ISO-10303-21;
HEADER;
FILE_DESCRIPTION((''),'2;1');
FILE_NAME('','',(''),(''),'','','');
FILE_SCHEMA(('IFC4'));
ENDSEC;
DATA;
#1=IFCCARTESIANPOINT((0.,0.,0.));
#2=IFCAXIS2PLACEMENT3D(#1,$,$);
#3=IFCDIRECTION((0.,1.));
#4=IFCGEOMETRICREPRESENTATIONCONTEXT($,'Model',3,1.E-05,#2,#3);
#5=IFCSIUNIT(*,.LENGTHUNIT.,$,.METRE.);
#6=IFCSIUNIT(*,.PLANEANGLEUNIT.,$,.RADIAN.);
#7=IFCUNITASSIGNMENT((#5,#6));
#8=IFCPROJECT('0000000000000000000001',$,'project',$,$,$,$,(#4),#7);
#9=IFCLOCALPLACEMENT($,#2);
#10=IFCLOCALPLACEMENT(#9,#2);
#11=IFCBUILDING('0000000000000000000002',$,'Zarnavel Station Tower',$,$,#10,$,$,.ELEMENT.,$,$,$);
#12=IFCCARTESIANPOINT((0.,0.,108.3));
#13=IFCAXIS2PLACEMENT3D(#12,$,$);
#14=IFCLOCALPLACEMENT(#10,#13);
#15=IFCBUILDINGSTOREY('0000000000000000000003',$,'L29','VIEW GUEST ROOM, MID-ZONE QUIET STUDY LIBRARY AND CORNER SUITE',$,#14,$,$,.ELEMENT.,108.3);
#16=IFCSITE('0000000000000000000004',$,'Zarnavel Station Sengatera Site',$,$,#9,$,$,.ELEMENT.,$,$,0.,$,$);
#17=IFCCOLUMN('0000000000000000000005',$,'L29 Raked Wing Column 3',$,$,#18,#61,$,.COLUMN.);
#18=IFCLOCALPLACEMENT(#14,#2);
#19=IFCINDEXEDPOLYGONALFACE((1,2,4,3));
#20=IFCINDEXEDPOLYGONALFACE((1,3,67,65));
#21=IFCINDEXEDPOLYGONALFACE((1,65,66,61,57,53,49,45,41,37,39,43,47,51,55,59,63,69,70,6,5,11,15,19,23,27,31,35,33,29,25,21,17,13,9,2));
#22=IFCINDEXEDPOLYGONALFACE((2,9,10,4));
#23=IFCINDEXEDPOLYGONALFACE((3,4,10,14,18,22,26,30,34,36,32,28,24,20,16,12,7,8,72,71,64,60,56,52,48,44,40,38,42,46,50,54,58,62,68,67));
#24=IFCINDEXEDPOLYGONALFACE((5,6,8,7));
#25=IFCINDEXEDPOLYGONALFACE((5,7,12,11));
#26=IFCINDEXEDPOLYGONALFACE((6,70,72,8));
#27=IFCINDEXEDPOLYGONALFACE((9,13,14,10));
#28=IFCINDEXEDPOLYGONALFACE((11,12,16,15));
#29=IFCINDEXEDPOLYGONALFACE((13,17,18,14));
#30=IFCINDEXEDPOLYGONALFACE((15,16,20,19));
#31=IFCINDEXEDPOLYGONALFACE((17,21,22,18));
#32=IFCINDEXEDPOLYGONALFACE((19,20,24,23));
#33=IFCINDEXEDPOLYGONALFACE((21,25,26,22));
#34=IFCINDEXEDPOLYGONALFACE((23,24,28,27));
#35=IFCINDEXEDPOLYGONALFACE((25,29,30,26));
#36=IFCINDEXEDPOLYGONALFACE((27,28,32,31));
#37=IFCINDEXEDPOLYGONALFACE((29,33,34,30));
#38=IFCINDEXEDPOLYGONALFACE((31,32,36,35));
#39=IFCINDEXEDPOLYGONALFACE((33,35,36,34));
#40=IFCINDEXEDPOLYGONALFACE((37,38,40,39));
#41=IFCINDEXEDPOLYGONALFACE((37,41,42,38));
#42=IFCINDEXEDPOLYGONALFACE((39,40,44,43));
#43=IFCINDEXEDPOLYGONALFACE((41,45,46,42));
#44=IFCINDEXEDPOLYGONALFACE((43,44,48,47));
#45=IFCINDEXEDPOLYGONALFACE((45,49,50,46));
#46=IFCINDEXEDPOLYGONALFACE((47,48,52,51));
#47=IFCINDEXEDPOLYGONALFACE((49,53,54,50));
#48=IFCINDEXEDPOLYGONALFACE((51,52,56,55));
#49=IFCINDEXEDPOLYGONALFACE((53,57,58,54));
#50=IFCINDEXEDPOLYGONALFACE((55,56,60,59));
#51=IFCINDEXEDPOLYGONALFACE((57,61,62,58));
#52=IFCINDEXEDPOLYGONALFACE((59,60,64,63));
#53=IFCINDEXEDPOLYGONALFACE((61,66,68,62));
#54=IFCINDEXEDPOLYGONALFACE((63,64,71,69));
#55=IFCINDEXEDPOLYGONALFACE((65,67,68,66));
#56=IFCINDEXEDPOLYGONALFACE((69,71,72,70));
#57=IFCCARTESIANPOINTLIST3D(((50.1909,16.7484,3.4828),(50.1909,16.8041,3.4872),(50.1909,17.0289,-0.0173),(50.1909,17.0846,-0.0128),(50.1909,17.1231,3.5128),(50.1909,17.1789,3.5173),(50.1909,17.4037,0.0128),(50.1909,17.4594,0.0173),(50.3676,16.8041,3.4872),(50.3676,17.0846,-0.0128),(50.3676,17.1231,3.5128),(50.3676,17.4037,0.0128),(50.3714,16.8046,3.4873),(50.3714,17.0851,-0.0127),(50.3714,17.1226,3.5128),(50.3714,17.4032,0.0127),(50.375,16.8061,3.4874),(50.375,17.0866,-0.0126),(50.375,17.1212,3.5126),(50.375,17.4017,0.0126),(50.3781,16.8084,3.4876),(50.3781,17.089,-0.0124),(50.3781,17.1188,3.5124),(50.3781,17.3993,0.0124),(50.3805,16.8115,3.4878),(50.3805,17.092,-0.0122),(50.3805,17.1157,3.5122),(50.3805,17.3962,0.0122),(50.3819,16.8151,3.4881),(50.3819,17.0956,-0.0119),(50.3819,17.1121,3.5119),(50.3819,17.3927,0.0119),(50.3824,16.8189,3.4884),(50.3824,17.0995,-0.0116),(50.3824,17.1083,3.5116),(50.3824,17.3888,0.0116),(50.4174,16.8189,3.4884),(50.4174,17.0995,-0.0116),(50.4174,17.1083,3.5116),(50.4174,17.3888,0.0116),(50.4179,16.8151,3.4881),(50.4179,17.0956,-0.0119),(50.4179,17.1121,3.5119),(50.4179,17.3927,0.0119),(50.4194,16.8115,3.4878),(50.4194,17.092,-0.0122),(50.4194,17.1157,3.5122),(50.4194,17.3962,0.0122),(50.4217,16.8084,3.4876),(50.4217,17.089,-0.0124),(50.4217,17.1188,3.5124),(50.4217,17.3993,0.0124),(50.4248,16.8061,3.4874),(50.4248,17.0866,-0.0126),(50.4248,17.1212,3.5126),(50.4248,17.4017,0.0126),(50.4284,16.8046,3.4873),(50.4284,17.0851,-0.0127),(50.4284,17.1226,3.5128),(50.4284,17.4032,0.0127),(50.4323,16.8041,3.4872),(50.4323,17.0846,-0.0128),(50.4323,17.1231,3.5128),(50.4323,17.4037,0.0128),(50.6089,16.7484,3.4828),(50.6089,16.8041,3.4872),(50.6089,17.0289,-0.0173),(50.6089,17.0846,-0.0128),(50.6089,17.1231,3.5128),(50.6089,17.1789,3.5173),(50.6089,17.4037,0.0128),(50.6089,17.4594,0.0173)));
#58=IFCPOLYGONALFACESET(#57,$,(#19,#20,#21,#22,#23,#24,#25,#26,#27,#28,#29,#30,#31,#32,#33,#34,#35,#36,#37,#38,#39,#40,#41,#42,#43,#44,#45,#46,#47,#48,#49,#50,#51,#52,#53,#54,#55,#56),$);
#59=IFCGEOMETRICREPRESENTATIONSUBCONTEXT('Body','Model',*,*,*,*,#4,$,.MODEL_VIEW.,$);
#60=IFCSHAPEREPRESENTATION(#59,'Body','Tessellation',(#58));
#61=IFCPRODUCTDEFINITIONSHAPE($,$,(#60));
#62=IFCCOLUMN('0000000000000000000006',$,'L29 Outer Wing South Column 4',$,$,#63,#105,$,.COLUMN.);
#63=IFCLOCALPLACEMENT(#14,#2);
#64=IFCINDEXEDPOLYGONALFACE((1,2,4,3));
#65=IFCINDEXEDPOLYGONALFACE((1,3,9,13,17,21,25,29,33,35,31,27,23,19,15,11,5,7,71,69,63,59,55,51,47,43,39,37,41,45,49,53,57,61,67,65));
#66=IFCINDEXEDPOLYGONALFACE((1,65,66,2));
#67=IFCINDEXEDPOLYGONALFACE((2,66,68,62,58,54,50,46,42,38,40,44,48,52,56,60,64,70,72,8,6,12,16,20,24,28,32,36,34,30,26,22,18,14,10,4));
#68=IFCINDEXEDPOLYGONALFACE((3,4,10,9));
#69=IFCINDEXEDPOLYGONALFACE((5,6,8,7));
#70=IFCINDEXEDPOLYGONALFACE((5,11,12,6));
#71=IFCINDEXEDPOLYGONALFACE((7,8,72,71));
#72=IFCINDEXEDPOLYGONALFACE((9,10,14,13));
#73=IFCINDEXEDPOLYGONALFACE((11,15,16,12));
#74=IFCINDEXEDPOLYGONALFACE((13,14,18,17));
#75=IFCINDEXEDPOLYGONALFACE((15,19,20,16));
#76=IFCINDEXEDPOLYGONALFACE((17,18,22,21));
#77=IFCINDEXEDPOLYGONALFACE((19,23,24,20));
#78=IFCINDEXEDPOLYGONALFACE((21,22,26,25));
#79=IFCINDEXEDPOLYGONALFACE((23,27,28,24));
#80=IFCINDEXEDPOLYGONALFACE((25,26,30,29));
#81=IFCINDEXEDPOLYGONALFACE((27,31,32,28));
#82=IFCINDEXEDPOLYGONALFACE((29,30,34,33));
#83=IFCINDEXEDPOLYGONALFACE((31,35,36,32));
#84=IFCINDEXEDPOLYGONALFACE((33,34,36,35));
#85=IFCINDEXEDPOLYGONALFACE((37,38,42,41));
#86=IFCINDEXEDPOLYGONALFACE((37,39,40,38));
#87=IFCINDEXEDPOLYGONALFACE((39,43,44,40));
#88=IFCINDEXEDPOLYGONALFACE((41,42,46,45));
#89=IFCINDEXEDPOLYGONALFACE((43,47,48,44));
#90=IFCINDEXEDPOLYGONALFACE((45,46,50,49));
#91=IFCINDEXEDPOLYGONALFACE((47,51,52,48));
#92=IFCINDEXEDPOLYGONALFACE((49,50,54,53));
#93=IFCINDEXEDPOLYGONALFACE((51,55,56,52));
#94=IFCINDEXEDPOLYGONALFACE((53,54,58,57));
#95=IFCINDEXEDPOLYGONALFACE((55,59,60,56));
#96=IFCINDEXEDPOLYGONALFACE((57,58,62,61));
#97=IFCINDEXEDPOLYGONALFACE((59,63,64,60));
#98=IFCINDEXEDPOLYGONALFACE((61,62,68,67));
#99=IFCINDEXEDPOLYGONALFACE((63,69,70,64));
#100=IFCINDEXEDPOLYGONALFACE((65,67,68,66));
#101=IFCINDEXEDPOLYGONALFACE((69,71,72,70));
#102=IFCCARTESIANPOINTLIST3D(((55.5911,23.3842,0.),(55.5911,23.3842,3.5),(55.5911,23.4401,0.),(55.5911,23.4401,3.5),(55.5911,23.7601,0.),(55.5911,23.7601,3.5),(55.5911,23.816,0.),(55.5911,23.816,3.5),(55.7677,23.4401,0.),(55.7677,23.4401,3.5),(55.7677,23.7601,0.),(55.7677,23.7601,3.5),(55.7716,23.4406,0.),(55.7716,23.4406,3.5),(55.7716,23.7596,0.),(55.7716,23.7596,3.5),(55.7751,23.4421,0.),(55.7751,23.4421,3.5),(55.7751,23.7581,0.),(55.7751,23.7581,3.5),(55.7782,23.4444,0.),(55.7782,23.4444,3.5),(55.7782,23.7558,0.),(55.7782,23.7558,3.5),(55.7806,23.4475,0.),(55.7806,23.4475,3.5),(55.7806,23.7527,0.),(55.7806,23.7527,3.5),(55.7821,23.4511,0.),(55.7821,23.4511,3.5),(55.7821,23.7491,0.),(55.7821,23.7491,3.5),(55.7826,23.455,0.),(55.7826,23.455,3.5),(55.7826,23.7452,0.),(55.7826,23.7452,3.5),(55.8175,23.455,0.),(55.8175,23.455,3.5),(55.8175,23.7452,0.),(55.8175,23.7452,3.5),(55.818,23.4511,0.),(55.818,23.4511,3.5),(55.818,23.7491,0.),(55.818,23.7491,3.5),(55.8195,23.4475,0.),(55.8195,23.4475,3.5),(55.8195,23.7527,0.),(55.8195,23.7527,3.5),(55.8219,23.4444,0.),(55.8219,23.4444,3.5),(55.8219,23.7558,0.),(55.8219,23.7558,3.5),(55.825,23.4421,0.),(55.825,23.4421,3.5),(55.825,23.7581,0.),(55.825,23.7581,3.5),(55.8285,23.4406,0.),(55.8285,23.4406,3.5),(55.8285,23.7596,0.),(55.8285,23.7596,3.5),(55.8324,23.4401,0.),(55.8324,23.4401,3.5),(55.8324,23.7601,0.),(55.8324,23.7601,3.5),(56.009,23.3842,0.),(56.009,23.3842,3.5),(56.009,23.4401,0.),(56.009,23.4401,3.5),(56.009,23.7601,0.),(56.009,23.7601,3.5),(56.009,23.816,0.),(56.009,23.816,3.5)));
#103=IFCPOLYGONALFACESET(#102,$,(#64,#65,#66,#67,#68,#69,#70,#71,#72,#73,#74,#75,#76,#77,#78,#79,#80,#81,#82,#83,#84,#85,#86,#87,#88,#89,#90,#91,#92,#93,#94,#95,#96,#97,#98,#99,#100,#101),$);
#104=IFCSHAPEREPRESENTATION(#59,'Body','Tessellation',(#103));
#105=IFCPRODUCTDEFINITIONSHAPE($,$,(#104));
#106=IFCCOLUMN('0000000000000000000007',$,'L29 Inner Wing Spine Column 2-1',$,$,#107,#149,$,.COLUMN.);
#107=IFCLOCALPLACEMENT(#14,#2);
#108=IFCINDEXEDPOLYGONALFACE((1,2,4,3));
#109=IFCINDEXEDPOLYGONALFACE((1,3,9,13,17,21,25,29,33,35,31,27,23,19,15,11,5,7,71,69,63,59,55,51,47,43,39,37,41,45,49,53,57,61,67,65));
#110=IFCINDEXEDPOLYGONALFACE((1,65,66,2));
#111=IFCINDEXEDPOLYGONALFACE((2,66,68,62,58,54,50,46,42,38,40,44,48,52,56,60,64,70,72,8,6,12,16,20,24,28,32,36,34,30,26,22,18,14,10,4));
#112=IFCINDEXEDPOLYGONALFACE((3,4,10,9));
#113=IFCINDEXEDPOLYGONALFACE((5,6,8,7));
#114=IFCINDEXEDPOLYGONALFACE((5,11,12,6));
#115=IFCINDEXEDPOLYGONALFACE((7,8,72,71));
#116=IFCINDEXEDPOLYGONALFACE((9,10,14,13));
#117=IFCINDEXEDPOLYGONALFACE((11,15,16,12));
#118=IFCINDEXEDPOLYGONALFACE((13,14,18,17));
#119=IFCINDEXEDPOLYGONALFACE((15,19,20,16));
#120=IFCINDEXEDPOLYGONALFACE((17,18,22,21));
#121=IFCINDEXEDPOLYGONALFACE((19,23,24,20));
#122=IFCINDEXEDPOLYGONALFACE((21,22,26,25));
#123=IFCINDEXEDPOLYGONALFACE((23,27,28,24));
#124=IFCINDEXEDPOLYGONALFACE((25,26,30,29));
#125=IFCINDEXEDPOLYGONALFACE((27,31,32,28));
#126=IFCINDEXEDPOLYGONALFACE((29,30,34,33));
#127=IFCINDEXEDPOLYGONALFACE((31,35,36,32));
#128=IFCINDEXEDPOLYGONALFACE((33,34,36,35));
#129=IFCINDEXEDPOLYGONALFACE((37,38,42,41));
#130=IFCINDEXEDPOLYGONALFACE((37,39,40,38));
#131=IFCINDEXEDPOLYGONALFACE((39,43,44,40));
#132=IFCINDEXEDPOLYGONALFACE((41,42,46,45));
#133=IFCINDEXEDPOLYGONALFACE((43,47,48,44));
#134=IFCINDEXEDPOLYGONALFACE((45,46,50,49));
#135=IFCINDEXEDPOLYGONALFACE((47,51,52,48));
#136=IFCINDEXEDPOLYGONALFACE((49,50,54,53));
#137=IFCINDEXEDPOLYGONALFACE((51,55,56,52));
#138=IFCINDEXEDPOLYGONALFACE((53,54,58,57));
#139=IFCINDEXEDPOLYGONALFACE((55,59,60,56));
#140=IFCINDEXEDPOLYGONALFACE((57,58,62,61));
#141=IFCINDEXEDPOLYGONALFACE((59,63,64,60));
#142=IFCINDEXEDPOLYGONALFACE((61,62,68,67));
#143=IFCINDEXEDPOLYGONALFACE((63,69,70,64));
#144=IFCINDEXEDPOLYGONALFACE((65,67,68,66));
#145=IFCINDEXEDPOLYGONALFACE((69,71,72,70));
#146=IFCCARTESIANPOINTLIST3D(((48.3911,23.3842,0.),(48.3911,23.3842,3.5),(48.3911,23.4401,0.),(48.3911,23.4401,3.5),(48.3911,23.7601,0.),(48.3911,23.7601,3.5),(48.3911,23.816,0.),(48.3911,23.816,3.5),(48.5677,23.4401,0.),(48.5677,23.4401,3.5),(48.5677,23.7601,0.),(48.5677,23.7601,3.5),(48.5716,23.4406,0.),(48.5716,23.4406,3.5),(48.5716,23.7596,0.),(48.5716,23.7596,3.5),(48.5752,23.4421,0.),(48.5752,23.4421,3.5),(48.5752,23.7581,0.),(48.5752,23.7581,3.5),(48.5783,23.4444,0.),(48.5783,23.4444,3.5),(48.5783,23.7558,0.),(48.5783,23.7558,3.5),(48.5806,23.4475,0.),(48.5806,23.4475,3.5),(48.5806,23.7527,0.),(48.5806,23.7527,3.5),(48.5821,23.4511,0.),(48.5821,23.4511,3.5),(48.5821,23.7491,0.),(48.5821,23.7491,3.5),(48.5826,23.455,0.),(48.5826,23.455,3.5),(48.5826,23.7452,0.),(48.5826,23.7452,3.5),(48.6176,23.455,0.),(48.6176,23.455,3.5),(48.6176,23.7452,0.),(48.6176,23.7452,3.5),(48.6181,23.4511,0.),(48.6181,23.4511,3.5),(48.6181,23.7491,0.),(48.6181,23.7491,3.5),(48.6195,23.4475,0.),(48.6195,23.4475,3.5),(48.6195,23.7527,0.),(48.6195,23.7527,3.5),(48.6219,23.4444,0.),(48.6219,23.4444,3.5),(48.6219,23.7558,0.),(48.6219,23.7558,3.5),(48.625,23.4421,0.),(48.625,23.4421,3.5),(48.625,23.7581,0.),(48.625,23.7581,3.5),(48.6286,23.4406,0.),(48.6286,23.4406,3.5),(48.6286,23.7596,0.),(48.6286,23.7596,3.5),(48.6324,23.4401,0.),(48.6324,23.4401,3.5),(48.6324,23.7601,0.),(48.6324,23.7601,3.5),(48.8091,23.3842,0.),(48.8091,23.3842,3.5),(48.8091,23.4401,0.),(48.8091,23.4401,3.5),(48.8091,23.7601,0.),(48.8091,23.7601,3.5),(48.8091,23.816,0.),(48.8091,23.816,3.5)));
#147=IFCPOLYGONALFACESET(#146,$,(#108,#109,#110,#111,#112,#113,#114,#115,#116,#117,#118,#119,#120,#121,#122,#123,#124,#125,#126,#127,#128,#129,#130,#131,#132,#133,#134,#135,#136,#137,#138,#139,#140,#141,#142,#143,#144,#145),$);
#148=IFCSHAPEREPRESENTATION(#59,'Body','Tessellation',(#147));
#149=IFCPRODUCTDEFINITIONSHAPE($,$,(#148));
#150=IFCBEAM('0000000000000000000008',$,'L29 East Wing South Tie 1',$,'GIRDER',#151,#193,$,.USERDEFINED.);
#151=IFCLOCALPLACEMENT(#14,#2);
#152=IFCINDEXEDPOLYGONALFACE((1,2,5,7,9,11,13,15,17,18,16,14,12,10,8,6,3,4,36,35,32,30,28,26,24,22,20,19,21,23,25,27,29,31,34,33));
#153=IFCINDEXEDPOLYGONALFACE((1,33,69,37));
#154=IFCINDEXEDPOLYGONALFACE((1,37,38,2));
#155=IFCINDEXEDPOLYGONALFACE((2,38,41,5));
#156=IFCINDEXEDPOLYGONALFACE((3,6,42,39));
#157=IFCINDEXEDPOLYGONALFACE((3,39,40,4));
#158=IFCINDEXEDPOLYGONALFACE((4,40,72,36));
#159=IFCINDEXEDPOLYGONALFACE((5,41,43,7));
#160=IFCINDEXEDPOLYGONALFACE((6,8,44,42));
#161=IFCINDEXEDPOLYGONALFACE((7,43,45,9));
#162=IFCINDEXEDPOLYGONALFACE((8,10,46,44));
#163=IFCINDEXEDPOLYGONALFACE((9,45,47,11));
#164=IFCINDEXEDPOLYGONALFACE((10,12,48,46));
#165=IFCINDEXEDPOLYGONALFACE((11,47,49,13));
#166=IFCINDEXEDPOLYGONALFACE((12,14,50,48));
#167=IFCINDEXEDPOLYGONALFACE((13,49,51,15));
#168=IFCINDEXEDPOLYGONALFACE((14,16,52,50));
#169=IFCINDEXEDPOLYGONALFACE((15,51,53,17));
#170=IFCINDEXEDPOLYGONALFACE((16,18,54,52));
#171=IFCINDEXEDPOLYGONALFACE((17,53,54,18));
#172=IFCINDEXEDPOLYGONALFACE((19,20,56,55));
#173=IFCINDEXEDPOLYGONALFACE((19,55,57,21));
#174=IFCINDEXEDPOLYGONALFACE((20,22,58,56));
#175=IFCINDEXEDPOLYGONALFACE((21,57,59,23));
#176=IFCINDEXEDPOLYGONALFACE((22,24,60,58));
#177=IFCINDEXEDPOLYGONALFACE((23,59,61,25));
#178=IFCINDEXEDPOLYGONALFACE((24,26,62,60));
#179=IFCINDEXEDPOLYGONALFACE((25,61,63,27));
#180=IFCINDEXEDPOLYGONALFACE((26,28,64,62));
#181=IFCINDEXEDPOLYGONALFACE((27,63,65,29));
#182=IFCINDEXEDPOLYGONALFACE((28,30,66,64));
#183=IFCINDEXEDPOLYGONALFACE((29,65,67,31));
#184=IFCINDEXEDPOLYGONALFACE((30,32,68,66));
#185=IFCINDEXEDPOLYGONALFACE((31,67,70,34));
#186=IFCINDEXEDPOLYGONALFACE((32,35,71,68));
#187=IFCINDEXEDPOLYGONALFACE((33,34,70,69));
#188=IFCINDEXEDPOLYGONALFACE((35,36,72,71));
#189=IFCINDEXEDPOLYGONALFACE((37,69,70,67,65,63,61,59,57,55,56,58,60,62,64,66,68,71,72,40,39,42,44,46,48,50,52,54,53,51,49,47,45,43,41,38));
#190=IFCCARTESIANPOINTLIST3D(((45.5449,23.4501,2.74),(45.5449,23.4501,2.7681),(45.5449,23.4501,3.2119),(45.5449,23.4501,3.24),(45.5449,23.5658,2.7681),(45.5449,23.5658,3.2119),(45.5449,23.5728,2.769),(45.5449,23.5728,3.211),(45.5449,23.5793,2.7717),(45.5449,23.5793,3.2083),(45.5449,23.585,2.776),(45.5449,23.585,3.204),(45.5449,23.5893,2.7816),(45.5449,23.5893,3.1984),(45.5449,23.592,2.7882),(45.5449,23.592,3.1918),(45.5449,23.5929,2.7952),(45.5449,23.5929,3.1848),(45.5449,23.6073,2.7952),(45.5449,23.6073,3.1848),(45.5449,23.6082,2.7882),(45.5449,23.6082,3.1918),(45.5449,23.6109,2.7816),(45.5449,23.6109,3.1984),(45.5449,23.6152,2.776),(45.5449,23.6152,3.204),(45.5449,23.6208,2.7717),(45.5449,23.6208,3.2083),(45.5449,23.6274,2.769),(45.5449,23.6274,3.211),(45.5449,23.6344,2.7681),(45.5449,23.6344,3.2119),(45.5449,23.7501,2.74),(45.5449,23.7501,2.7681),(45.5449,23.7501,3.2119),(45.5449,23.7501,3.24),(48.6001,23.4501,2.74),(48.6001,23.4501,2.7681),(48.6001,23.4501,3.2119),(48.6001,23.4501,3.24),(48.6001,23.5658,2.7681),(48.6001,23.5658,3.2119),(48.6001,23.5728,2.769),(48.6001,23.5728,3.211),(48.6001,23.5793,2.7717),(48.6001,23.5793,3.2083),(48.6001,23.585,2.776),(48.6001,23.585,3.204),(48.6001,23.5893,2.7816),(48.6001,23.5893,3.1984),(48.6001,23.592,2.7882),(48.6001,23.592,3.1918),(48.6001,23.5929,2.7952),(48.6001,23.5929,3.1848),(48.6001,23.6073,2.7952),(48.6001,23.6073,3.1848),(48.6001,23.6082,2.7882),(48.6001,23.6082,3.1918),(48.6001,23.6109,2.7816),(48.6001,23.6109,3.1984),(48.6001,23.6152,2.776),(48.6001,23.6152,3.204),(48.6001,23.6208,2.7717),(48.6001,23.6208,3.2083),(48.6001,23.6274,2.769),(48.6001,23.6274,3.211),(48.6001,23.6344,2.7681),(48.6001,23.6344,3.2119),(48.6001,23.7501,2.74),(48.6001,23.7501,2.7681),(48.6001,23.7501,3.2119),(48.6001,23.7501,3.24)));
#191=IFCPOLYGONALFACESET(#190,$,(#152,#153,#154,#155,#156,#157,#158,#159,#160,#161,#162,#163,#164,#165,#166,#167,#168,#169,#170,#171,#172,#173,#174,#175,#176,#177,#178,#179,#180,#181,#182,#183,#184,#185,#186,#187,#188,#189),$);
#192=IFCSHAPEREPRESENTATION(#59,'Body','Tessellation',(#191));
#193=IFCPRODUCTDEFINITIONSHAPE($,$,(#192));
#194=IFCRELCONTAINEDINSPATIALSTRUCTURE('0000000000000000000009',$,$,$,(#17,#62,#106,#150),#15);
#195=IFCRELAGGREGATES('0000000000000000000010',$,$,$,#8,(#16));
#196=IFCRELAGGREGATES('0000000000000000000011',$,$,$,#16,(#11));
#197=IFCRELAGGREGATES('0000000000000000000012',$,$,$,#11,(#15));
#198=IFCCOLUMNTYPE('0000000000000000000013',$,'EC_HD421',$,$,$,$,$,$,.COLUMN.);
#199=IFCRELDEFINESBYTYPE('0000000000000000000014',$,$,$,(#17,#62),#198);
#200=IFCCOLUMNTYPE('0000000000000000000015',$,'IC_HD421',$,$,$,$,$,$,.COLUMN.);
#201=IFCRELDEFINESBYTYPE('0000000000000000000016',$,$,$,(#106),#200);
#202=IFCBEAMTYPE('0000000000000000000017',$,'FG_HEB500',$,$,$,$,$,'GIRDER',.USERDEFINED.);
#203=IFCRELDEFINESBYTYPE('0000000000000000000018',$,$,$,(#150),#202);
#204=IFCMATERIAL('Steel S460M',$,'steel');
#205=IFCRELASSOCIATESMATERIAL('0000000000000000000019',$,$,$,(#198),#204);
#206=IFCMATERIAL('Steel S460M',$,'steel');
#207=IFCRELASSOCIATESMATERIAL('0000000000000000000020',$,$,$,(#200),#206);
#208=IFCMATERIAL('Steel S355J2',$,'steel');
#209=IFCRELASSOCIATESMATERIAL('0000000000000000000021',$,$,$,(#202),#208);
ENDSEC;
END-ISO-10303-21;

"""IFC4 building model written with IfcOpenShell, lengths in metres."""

from ifc_helpers import new_model, si_unit, direction, frame, origin, origin_2d, place, context, subcontext, project, spatial, i_section, extrude, material, material_profile, profile_set, type_object, element, save


model = new_model("IFC4")

# Units and contexts
model_context = context("Model", 3, precision=1e-05, world=origin(), true_north=direction((0.0, 1.0)))
body_context = subcontext(model_context, "Body", "Model", "MODEL_VIEW")
ifc_project = project(units=[si_unit("LENGTHUNIT", "METRE"), si_unit("PLANEANGLEUNIT", "RADIAN")], contexts=[model_context])

# Site, building, storey
site_placement = place(None, origin())
site = spatial("IfcSite", under=ifc_project, at=site_placement, Name="Zarnavel Station Sengatera Site", CompositionType="ELEMENT", RefElevation=0.0)
building_placement = place(site_placement, origin())
building = spatial("IfcBuilding", under=site, at=building_placement, Name="Zarnavel Station Tower", CompositionType="ELEMENT")
storey_placement = place(building_placement, frame((0.0, 0.0, 108.3)))
storey = spatial("IfcBuildingStorey", under=building, at=storey_placement, Name="L29", Description="VIEW GUEST ROOM, MID-ZONE QUIET STUDY LIBRARY AND CORNER SUITE", CompositionType="ELEMENT", Elevation=108.3)

# Columns
ifc_material_1 = material(Name="Steel S460M", Category="steel")
ifc_material_profile_1 = material_profile(ifc_material_1, i_section(OverallWidth=0.418, OverallDepth=0.4319, WebThickness=0.0349, FlangeThickness=0.0559, FilletRadius=0.0149, at=origin_2d()), Name="HD400x421")
ifc_profile_set_1 = profile_set([ifc_material_profile_1], Name="Steel S460M")
column_type_1 = type_object("IfcColumnType", Name="EC_HD421", PredefinedType="COLUMN", material=ifc_profile_set_1)
column_1_placement = place(storey_placement, frame((50.3999, 17.2441, 0.0), z_axis=(0.0, -0.079892, 0.996804), x_axis=(1.0, 0.0, 0.0)))
element("IfcColumn", 1, at=column_1_placement, inside=storey, type_object=column_type_1, Name="L29 Raked Wing Column 3", PredefinedType="COLUMN", context=body_context, shape_type="SweptSolid", body=[
    extrude(i_section(OverallWidth=0.418, OverallDepth=0.4319, WebThickness=0.0349, FlangeThickness=0.0559, FilletRadius=0.0149, at=origin_2d()), origin(), (0.0, 0.0, 1.0), 3.5112),
])
column_2_placement = place(storey_placement, frame((55.8, 23.6001, 0.0), z_axis=(0.0, 0.0, 1.0), x_axis=(1.0, 0.0, 0.0)))
element("IfcColumn", 2, at=column_2_placement, inside=storey, type_object=column_type_1, Name="L29 Outer Wing South Column 4", PredefinedType="COLUMN", context=body_context, shape_type="SweptSolid", body=[
    extrude(i_section(OverallWidth=0.418, OverallDepth=0.4319, WebThickness=0.0349, FlangeThickness=0.0559, FilletRadius=0.0149, at=origin_2d()), origin(), (0.0, 0.0, 1.0), 3.5),
])
ifc_material_2 = material(Name="Steel S460M", Category="steel")
ifc_material_profile_2 = material_profile(ifc_material_2, i_section(OverallWidth=0.418, OverallDepth=0.4319, WebThickness=0.0349, FlangeThickness=0.0559, FilletRadius=0.0149, at=origin_2d()), Name="HD400x421")
ifc_profile_set_2 = profile_set([ifc_material_profile_2], Name="Steel S460M")
column_type_2 = type_object("IfcColumnType", Name="IC_HD421", PredefinedType="COLUMN", material=ifc_profile_set_2)
column_3_placement = place(storey_placement, frame((48.6001, 23.6001, 0.0), z_axis=(0.0, 0.0, 1.0), x_axis=(1.0, 0.0, 0.0)))
element("IfcColumn", 3, at=column_3_placement, inside=storey, type_object=column_type_2, Name="L29 Inner Wing Spine Column 2-1", PredefinedType="COLUMN", context=body_context, shape_type="SweptSolid", body=[
    extrude(i_section(OverallWidth=0.418, OverallDepth=0.4319, WebThickness=0.0349, FlangeThickness=0.0559, FilletRadius=0.0149, at=origin_2d()), origin(), (0.0, 0.0, 1.0), 3.5),
])

# Beam
ifc_material_3 = material(Name="Steel S355J2", Category="steel")
ifc_material_profile_3 = material_profile(ifc_material_3, i_section(OverallWidth=0.3, OverallDepth=0.5, WebThickness=0.0144, FlangeThickness=0.0281, FilletRadius=0.0271, at=origin_2d()), Name="HEB500")
ifc_profile_set_3 = profile_set([ifc_material_profile_3], Name="Steel S355J2")
beam_type_1 = type_object("IfcBeamType", Name="FG_HEB500", ElementType="GIRDER", PredefinedType="USERDEFINED", material=ifc_profile_set_3)
beam_1_placement = place(storey_placement, frame((45.5449, 23.6001, 2.99), z_axis=(1.0, 0.0, 0.0), x_axis=(0.0, 1.0, 0.0)))
element("IfcBeam", 4, at=beam_1_placement, inside=storey, type_object=beam_type_1, Name="L29 East Wing South Tie 1", ObjectType="GIRDER", PredefinedType="USERDEFINED", context=body_context, shape_type="SweptSolid", body=[
    extrude(i_section(OverallWidth=0.3, OverallDepth=0.5, WebThickness=0.0144, FlangeThickness=0.0281, FilletRadius=0.0271, at=origin_2d()), origin(), (0.0, 0.0, 1.0), 3.0552),
])

save(model, "model.ifc")
